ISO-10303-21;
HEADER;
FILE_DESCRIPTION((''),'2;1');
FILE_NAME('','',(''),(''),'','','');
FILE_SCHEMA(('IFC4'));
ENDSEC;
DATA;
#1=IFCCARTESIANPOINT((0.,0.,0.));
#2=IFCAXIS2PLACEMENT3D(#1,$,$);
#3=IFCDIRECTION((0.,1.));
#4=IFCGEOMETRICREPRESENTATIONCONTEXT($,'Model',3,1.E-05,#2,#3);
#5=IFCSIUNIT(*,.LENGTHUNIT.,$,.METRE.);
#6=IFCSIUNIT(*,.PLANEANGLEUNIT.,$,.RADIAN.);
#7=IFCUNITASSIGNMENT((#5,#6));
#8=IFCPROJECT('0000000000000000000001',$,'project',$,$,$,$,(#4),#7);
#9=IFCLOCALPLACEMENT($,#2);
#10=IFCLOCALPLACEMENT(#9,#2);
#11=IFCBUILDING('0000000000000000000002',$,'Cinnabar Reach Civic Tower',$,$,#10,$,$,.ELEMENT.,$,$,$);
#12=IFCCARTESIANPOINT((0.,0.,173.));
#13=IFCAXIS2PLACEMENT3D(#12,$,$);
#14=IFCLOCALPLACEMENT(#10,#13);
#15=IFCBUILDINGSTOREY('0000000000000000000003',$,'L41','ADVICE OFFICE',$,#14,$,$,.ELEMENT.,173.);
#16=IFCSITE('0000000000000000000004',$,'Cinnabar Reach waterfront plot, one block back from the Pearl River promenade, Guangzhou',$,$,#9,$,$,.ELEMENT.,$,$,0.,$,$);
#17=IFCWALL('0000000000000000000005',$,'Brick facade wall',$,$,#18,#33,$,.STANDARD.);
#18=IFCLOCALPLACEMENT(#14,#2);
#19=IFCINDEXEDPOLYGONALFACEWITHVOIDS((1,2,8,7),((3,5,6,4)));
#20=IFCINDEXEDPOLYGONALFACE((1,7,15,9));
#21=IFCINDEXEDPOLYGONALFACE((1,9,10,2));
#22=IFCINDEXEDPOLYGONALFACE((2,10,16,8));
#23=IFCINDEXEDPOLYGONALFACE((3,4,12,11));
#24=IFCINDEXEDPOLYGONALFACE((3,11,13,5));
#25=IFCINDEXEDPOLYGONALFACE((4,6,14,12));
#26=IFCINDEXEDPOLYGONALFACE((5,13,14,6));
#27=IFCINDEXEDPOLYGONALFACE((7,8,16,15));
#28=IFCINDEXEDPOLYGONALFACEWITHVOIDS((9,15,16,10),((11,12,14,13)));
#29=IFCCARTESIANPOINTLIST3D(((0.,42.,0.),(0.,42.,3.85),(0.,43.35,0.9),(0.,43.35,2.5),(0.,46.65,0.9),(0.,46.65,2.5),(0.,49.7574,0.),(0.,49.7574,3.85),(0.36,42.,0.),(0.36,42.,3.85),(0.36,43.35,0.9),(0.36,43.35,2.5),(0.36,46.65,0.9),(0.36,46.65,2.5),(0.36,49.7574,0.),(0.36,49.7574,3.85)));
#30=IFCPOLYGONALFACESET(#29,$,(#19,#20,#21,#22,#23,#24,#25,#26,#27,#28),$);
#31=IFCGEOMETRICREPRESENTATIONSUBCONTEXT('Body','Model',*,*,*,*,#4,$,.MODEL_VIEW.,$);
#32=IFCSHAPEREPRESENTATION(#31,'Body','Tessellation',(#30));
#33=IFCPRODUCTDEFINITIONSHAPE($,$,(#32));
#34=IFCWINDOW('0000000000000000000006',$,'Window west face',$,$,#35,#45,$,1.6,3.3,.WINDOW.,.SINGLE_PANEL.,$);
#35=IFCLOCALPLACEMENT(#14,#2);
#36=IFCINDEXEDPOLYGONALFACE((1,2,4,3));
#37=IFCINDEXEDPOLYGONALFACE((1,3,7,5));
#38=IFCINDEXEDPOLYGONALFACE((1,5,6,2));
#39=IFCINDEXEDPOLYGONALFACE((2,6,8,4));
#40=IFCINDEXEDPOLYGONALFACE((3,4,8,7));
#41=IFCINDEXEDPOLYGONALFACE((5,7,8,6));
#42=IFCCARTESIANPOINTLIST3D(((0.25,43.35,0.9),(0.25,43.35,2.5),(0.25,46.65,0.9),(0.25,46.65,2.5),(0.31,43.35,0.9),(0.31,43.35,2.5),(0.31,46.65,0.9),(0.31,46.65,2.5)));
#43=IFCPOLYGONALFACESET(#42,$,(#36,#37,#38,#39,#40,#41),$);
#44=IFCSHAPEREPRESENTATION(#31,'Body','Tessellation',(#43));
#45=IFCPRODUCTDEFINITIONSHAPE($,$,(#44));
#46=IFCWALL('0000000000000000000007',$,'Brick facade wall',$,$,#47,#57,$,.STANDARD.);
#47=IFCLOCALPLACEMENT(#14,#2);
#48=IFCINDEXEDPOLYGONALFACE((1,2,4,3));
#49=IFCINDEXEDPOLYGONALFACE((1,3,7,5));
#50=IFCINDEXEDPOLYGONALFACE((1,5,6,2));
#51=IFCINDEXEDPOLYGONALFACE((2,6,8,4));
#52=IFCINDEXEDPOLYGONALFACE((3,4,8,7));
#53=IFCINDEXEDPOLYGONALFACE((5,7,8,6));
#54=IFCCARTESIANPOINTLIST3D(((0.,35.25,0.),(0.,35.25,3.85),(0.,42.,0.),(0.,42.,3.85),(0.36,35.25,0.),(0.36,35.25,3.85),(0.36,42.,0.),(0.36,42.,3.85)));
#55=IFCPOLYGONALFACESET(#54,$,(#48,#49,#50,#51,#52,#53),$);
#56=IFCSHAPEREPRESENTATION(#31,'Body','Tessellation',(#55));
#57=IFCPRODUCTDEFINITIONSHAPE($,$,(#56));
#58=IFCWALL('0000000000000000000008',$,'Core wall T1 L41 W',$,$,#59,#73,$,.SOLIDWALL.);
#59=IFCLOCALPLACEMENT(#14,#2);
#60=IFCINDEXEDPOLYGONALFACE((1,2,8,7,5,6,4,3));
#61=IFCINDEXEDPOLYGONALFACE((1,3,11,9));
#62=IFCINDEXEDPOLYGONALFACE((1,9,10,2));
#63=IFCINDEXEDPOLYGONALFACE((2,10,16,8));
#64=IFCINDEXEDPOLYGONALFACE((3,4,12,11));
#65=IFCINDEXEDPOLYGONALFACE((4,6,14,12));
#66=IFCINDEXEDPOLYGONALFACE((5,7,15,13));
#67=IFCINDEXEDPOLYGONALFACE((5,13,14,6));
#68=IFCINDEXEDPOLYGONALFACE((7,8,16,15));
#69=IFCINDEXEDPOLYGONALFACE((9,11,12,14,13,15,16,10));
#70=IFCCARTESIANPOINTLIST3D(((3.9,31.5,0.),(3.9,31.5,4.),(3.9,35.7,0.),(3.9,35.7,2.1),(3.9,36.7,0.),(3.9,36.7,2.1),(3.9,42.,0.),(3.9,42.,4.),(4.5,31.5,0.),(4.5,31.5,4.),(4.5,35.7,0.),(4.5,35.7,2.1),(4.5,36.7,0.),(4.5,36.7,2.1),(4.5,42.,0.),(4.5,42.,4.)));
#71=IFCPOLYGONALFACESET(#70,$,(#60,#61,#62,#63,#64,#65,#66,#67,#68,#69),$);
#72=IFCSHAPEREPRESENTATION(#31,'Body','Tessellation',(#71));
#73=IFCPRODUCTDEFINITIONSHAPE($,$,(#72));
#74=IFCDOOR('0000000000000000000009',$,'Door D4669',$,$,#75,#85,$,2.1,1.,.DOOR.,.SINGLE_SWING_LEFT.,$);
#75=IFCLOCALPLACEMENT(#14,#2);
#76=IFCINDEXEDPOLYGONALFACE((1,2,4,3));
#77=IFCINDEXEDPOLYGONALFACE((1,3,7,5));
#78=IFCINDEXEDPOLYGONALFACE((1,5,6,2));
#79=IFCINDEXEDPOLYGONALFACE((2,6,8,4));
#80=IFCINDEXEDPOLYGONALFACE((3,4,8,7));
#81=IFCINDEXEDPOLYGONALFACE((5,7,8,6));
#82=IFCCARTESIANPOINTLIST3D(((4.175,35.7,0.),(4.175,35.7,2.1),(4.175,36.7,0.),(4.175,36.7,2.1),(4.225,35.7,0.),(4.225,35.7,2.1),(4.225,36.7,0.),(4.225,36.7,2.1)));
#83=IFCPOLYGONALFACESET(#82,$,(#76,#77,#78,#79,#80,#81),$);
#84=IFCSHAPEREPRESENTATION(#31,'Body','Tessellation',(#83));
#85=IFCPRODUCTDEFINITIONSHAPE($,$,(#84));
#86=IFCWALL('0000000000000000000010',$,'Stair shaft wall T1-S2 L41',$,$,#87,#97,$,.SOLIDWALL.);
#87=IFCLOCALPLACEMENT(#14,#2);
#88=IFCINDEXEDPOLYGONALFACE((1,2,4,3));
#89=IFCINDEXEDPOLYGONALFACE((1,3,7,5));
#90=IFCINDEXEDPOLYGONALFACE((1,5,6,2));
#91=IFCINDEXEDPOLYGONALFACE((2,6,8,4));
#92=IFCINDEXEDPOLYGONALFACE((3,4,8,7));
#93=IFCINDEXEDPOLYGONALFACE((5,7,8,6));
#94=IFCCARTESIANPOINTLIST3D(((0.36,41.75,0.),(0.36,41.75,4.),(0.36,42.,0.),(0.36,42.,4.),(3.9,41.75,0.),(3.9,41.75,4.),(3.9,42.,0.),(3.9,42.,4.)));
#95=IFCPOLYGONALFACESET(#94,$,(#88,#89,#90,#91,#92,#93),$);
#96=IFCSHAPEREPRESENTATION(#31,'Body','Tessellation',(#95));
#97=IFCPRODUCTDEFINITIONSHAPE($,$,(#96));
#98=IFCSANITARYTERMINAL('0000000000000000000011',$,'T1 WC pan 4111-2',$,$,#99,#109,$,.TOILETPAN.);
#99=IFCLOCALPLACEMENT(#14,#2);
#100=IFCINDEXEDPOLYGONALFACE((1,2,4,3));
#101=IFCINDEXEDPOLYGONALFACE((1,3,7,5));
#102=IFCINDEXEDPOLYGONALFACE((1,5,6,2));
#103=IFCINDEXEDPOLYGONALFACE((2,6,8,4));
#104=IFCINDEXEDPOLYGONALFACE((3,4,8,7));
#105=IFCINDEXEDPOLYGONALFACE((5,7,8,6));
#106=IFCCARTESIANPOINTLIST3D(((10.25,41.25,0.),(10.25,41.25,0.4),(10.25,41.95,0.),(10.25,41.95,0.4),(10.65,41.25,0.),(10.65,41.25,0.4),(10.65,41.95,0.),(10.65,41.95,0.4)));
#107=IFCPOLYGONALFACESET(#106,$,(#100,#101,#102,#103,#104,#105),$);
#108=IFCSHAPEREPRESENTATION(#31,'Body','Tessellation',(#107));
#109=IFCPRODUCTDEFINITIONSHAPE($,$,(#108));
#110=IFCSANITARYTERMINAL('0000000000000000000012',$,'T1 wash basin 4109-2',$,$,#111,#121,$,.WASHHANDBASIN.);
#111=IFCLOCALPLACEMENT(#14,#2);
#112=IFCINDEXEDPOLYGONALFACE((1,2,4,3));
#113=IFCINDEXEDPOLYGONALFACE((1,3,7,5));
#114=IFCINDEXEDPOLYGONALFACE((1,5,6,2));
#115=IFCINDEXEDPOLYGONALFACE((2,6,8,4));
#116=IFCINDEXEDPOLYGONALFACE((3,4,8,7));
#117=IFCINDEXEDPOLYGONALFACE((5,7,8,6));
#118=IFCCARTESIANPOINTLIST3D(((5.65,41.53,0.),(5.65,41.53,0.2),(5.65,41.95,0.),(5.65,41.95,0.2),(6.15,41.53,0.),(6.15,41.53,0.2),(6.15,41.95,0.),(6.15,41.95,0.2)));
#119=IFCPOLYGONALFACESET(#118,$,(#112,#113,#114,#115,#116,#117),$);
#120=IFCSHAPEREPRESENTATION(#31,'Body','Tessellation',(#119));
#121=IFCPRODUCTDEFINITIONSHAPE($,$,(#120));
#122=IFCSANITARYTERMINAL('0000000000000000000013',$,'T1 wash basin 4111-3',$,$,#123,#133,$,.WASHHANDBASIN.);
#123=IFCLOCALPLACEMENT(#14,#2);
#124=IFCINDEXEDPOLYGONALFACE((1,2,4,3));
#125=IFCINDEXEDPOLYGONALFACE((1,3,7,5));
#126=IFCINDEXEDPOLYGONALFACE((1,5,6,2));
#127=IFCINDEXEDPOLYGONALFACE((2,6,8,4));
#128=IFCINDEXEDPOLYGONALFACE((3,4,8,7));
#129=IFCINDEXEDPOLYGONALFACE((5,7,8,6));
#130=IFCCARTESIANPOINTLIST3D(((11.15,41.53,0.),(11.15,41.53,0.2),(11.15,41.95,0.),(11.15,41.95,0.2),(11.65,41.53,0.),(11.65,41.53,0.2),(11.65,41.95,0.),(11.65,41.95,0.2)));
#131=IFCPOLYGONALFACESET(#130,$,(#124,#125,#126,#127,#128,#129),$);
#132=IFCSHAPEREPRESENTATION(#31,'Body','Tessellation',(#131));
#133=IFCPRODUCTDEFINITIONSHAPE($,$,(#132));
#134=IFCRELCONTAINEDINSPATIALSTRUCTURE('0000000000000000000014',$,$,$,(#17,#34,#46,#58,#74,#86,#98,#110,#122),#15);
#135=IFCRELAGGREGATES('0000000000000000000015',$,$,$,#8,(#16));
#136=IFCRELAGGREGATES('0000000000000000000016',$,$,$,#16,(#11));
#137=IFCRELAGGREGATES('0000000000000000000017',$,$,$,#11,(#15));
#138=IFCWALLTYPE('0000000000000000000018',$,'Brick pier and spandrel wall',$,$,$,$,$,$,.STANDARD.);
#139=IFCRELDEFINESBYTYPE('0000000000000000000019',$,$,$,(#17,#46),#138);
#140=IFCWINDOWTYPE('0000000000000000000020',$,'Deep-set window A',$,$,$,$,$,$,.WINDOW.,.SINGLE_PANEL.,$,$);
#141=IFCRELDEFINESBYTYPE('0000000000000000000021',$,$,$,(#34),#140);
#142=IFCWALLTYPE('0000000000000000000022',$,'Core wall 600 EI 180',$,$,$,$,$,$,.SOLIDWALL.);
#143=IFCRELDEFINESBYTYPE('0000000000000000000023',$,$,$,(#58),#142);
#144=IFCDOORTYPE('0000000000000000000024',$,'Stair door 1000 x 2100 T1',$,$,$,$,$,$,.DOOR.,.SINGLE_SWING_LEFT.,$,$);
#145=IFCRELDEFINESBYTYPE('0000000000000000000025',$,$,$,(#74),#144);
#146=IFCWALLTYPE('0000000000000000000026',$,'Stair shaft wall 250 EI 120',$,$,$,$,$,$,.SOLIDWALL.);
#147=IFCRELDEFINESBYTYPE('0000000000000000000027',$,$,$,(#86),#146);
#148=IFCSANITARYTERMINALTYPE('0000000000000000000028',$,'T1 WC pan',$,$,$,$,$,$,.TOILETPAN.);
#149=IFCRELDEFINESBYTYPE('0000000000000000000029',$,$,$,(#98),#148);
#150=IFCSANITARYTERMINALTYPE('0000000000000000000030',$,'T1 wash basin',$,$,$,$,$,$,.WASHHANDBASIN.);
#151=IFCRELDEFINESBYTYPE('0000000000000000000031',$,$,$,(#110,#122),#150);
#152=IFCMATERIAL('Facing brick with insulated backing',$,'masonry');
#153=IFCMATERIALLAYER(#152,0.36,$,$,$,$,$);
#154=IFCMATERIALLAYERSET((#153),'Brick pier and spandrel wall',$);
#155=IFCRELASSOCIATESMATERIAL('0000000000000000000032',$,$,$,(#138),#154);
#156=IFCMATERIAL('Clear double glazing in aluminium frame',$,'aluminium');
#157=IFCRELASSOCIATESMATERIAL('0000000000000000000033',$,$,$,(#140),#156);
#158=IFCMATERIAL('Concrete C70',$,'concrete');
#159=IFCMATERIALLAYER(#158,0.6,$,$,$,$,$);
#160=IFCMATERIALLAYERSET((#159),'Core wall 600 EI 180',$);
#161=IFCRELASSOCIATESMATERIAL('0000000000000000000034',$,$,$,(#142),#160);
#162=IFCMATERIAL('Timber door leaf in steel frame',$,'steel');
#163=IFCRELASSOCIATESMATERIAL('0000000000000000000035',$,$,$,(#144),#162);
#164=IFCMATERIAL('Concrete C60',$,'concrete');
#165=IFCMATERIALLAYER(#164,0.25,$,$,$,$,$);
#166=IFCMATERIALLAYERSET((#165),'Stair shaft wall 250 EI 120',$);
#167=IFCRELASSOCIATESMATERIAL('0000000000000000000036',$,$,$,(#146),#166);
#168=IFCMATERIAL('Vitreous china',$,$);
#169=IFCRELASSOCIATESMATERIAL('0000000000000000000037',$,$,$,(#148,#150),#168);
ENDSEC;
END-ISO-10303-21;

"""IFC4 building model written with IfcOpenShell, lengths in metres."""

from ifc_helpers import new_model, si_unit, direction, frame, frame_2d, origin, origin_2d, place, context, subcontext, project, spatial, rectangle, extrude, material, layer, layer_set, type_object, element, fill, save


model = new_model("IFC4")

# Units and contexts
model_context = context("Model", 3, precision=1e-05, world=origin(), true_north=direction((0.0, 1.0)))
body_context = subcontext(model_context, "Body", "Model", "MODEL_VIEW")
ifc_project = project(units=[si_unit("LENGTHUNIT", "METRE"), si_unit("PLANEANGLEUNIT", "RADIAN")], contexts=[model_context])

# Site, building, storey
site_placement = place(None, origin())
site = spatial("IfcSite", under=ifc_project, at=site_placement, Name="Cinnabar Reach waterfront plot, one block back from the Pearl River promenade, Guangzhou", CompositionType="ELEMENT", RefElevation=0.0)
building_placement = place(site_placement, origin())
building = spatial("IfcBuilding", under=site, at=building_placement, Name="Cinnabar Reach Civic Tower", CompositionType="ELEMENT")
storey_placement = place(building_placement, frame((0.0, 0.0, 173.0)))
storey = spatial("IfcBuildingStorey", under=building, at=storey_placement, Name="L41", Description="ADVICE OFFICE", CompositionType="ELEMENT", Elevation=173.0)

# Shared definitions
ifc_material_1 = material(Name="Concrete C70", Category="concrete")

# Shared definitions
ifc_material_2 = material(Name="Facing brick with insulated backing", Category="masonry")
ifc_layer_1 = layer(ifc_material_2, 0.36)
ifc_layer_set_1 = layer_set([ifc_layer_1], Name="Brick pier and spandrel wall")
wall_type_1 = type_object("IfcWallType", Name="Brick pier and spandrel wall", PredefinedType="STANDARD", material=ifc_layer_set_1)

# Wall, opening, window
wall_1_placement = place(storey_placement, frame((0.18, 49.7574, 0.0), z_axis=(0.0, 0.0, 1.0), x_axis=(0.0, -1.0, 0.0)))
wall_1 = element("IfcWall", 1, at=wall_1_placement, inside=storey, type_object=wall_type_1, Name="Brick facade wall", PredefinedType="STANDARD", context=body_context, shape_type="SweptSolid", body=[
    extrude(rectangle(XDim=7.7574, YDim=0.36, at=frame_2d((3.8787, 0.0))), origin(), (0.0, 0.0, 1.0), 3.85),
])
opening_1_placement = place(wall_1_placement, frame((3.1074, 0.0, 0.9)))
opening_1 = element("IfcOpeningElement", 2, at=opening_1_placement, cuts=wall_1, PredefinedType="OPENING", context=body_context, shape_type="SweptSolid", body=[
    extrude(rectangle(XDim=3.3, YDim=1.6, at=frame_2d((1.65, 0.8))), frame((0.0, 0.19, 0.0), z_axis=(0.0, -1.0, 0.0), x_axis=(1.0, 0.0, 0.0)), (0.0, 0.0, 1.0), 0.38),
])
ifc_material_3 = material(Name="Clear double glazing in aluminium frame", Category="aluminium")
window_type = type_object("IfcWindowType", Name="Deep-set window A", PartitioningType="SINGLE_PANEL", PredefinedType="WINDOW", material=ifc_material_3)
window_placement = place(opening_1_placement, origin())
window = element("IfcWindow", 3, at=window_placement, inside=storey, type_object=window_type, Name="Window west face", OverallHeight=1.6, OverallWidth=3.3, PartitioningType="SINGLE_PANEL", PredefinedType="WINDOW", context=body_context, shape_type="SweptSolid", body=[
    extrude(rectangle(XDim=3.3, YDim=1.6, at=frame_2d((1.65, 0.8))), frame((0.0, 0.13, 0.0), z_axis=(0.0, -1.0, 0.0), x_axis=(1.0, 0.0, 0.0)), (0.0, 0.0, 1.0), 0.06),
])
fill(opening_1, window)

# Wall
wall_2_placement = place(storey_placement, frame((0.18, 42.0, 0.0), z_axis=(0.0, 0.0, 1.0), x_axis=(0.0, -1.0, 0.0)))
element("IfcWall", 4, at=wall_2_placement, inside=storey, type_object=wall_type_1, Name="Brick facade wall", PredefinedType="STANDARD", context=body_context, shape_type="SweptSolid", body=[
    extrude(rectangle(XDim=6.75, YDim=0.36, at=frame_2d((3.375, 0.0))), origin(), (0.0, 0.0, 1.0), 3.85),
])

# Wall, opening, door
ifc_layer_2 = layer(ifc_material_1, 0.6)
ifc_layer_set_2 = layer_set([ifc_layer_2], Name="Core wall 600 EI 180")
wall_type_2 = type_object("IfcWallType", Name="Core wall 600 EI 180", PredefinedType="SOLIDWALL", material=ifc_layer_set_2)
wall_3_placement = place(storey_placement, frame((4.2, 42.0, 0.0), z_axis=(0.0, 0.0, 1.0), x_axis=(0.0, -1.0, 0.0)))
wall_3 = element("IfcWall", 5, at=wall_3_placement, inside=storey, type_object=wall_type_2, Name="Core wall T1 L41 W", PredefinedType="SOLIDWALL", context=body_context, shape_type="SweptSolid", body=[
    extrude(rectangle(XDim=10.5, YDim=0.6, at=frame_2d((5.25, 0.0))), origin(), (0.0, 0.0, 1.0), 4.0),
])
opening_2_placement = place(wall_3_placement, frame((5.3, 0.0, 0.0)))
opening_2 = element("IfcOpeningElement", 6, at=opening_2_placement, cuts=wall_3, PredefinedType="OPENING", context=body_context, shape_type="SweptSolid", body=[
    extrude(rectangle(XDim=1.0, YDim=2.1, at=frame_2d((0.5, 1.05))), frame((0.0, 0.31, 0.0), z_axis=(0.0, -1.0, 0.0), x_axis=(1.0, 0.0, 0.0)), (0.0, 0.0, 1.0), 0.62),
])
ifc_material_4 = material(Name="Timber door leaf in steel frame", Category="steel")
door_type = type_object("IfcDoorType", Name="Stair door 1000 x 2100 T1", OperationType="SINGLE_SWING_LEFT", PredefinedType="DOOR", material=ifc_material_4)
door_placement = place(opening_2_placement, frame((1.0, 0.0, 0.0), z_axis=(0.0, 0.0, 1.0), x_axis=(-1.0, 0.0, 0.0)))
door = element("IfcDoor", 7, at=door_placement, inside=storey, type_object=door_type, Name="Door D4669", OperationType="SINGLE_SWING_LEFT", OverallHeight=2.1, OverallWidth=1.0, PredefinedType="DOOR", context=body_context, shape_type="SweptSolid", body=[
    extrude(rectangle(XDim=1.0, YDim=2.1, at=frame_2d((0.5, 1.05))), frame((0.0, 0.025, 0.0), z_axis=(0.0, -1.0, 0.0), x_axis=(1.0, 0.0, 0.0)), (0.0, 0.0, 1.0), 0.05),
])
fill(opening_2, door)

# Wall
ifc_material_5 = material(Name="Concrete C60", Category="concrete")
ifc_layer_3 = layer(ifc_material_5, 0.25)
ifc_layer_set_3 = layer_set([ifc_layer_3], Name="Stair shaft wall 250 EI 120")
wall_type_3 = type_object("IfcWallType", Name="Stair shaft wall 250 EI 120", PredefinedType="SOLIDWALL", material=ifc_layer_set_3)
wall_4_placement = place(storey_placement, frame((3.9, 41.875, 0.0), z_axis=(0.0, 0.0, 1.0), x_axis=(-1.0, 0.0, 0.0)))
element("IfcWall", 8, at=wall_4_placement, inside=storey, type_object=wall_type_3, Name="Stair shaft wall T1-S2 L41", PredefinedType="SOLIDWALL", context=body_context, shape_type="SweptSolid", body=[
    extrude(rectangle(XDim=3.54, YDim=0.25, at=frame_2d((1.77, 0.0))), origin(), (0.0, 0.0, 1.0), 4.0),
])

# Sanitary terminals
ifc_material_6 = material(Name="Vitreous china")
sanitary_terminal_type_1 = type_object("IfcSanitaryTerminalType", Name="T1 WC pan", PredefinedType="TOILETPAN", material=ifc_material_6)
sanitary_terminal_placement = place(storey_placement, frame((10.45, 41.6, 0.0), z_axis=(0.0, 0.0, 1.0), x_axis=(1.0, 0.0, 0.0)))
element("IfcSanitaryTerminal", 9, at=sanitary_terminal_placement, inside=storey, type_object=sanitary_terminal_type_1, Name="T1 WC pan 4111-2", PredefinedType="TOILETPAN", context=body_context, shape_type="SweptSolid", body=[
    extrude(rectangle(XDim=0.4, YDim=0.7, at=origin_2d()), origin(), (0.0, 0.0, 1.0), 0.4),
])
sanitary_terminal_type_2 = type_object("IfcSanitaryTerminalType", Name="T1 wash basin", PredefinedType="WASHHANDBASIN", material=ifc_material_6)
for number, where, z_axis, x_axis, name in (
    (10, (5.9, 41.74, 0.0), (0.0, 0.0, 1.0), (1.0, 0.0, 0.0), "T1 wash basin 4109-2"),
    (11, (11.4, 41.74, 0.0), (0.0, 0.0, 1.0), (1.0, 0.0, 0.0), "T1 wash basin 4111-3"),
):
    element("IfcSanitaryTerminal", number, at=place(storey_placement, frame(where, z_axis=z_axis, x_axis=x_axis)), inside=storey, type_object=sanitary_terminal_type_2, Name=name, PredefinedType="WASHHANDBASIN", context=body_context, shape_type="SweptSolid", body=[
        extrude(rectangle(XDim=0.5, YDim=0.42, at=origin_2d()), origin(), (0.0, 0.0, 1.0), 0.2),
    ])

save(model, "model.ifc")
